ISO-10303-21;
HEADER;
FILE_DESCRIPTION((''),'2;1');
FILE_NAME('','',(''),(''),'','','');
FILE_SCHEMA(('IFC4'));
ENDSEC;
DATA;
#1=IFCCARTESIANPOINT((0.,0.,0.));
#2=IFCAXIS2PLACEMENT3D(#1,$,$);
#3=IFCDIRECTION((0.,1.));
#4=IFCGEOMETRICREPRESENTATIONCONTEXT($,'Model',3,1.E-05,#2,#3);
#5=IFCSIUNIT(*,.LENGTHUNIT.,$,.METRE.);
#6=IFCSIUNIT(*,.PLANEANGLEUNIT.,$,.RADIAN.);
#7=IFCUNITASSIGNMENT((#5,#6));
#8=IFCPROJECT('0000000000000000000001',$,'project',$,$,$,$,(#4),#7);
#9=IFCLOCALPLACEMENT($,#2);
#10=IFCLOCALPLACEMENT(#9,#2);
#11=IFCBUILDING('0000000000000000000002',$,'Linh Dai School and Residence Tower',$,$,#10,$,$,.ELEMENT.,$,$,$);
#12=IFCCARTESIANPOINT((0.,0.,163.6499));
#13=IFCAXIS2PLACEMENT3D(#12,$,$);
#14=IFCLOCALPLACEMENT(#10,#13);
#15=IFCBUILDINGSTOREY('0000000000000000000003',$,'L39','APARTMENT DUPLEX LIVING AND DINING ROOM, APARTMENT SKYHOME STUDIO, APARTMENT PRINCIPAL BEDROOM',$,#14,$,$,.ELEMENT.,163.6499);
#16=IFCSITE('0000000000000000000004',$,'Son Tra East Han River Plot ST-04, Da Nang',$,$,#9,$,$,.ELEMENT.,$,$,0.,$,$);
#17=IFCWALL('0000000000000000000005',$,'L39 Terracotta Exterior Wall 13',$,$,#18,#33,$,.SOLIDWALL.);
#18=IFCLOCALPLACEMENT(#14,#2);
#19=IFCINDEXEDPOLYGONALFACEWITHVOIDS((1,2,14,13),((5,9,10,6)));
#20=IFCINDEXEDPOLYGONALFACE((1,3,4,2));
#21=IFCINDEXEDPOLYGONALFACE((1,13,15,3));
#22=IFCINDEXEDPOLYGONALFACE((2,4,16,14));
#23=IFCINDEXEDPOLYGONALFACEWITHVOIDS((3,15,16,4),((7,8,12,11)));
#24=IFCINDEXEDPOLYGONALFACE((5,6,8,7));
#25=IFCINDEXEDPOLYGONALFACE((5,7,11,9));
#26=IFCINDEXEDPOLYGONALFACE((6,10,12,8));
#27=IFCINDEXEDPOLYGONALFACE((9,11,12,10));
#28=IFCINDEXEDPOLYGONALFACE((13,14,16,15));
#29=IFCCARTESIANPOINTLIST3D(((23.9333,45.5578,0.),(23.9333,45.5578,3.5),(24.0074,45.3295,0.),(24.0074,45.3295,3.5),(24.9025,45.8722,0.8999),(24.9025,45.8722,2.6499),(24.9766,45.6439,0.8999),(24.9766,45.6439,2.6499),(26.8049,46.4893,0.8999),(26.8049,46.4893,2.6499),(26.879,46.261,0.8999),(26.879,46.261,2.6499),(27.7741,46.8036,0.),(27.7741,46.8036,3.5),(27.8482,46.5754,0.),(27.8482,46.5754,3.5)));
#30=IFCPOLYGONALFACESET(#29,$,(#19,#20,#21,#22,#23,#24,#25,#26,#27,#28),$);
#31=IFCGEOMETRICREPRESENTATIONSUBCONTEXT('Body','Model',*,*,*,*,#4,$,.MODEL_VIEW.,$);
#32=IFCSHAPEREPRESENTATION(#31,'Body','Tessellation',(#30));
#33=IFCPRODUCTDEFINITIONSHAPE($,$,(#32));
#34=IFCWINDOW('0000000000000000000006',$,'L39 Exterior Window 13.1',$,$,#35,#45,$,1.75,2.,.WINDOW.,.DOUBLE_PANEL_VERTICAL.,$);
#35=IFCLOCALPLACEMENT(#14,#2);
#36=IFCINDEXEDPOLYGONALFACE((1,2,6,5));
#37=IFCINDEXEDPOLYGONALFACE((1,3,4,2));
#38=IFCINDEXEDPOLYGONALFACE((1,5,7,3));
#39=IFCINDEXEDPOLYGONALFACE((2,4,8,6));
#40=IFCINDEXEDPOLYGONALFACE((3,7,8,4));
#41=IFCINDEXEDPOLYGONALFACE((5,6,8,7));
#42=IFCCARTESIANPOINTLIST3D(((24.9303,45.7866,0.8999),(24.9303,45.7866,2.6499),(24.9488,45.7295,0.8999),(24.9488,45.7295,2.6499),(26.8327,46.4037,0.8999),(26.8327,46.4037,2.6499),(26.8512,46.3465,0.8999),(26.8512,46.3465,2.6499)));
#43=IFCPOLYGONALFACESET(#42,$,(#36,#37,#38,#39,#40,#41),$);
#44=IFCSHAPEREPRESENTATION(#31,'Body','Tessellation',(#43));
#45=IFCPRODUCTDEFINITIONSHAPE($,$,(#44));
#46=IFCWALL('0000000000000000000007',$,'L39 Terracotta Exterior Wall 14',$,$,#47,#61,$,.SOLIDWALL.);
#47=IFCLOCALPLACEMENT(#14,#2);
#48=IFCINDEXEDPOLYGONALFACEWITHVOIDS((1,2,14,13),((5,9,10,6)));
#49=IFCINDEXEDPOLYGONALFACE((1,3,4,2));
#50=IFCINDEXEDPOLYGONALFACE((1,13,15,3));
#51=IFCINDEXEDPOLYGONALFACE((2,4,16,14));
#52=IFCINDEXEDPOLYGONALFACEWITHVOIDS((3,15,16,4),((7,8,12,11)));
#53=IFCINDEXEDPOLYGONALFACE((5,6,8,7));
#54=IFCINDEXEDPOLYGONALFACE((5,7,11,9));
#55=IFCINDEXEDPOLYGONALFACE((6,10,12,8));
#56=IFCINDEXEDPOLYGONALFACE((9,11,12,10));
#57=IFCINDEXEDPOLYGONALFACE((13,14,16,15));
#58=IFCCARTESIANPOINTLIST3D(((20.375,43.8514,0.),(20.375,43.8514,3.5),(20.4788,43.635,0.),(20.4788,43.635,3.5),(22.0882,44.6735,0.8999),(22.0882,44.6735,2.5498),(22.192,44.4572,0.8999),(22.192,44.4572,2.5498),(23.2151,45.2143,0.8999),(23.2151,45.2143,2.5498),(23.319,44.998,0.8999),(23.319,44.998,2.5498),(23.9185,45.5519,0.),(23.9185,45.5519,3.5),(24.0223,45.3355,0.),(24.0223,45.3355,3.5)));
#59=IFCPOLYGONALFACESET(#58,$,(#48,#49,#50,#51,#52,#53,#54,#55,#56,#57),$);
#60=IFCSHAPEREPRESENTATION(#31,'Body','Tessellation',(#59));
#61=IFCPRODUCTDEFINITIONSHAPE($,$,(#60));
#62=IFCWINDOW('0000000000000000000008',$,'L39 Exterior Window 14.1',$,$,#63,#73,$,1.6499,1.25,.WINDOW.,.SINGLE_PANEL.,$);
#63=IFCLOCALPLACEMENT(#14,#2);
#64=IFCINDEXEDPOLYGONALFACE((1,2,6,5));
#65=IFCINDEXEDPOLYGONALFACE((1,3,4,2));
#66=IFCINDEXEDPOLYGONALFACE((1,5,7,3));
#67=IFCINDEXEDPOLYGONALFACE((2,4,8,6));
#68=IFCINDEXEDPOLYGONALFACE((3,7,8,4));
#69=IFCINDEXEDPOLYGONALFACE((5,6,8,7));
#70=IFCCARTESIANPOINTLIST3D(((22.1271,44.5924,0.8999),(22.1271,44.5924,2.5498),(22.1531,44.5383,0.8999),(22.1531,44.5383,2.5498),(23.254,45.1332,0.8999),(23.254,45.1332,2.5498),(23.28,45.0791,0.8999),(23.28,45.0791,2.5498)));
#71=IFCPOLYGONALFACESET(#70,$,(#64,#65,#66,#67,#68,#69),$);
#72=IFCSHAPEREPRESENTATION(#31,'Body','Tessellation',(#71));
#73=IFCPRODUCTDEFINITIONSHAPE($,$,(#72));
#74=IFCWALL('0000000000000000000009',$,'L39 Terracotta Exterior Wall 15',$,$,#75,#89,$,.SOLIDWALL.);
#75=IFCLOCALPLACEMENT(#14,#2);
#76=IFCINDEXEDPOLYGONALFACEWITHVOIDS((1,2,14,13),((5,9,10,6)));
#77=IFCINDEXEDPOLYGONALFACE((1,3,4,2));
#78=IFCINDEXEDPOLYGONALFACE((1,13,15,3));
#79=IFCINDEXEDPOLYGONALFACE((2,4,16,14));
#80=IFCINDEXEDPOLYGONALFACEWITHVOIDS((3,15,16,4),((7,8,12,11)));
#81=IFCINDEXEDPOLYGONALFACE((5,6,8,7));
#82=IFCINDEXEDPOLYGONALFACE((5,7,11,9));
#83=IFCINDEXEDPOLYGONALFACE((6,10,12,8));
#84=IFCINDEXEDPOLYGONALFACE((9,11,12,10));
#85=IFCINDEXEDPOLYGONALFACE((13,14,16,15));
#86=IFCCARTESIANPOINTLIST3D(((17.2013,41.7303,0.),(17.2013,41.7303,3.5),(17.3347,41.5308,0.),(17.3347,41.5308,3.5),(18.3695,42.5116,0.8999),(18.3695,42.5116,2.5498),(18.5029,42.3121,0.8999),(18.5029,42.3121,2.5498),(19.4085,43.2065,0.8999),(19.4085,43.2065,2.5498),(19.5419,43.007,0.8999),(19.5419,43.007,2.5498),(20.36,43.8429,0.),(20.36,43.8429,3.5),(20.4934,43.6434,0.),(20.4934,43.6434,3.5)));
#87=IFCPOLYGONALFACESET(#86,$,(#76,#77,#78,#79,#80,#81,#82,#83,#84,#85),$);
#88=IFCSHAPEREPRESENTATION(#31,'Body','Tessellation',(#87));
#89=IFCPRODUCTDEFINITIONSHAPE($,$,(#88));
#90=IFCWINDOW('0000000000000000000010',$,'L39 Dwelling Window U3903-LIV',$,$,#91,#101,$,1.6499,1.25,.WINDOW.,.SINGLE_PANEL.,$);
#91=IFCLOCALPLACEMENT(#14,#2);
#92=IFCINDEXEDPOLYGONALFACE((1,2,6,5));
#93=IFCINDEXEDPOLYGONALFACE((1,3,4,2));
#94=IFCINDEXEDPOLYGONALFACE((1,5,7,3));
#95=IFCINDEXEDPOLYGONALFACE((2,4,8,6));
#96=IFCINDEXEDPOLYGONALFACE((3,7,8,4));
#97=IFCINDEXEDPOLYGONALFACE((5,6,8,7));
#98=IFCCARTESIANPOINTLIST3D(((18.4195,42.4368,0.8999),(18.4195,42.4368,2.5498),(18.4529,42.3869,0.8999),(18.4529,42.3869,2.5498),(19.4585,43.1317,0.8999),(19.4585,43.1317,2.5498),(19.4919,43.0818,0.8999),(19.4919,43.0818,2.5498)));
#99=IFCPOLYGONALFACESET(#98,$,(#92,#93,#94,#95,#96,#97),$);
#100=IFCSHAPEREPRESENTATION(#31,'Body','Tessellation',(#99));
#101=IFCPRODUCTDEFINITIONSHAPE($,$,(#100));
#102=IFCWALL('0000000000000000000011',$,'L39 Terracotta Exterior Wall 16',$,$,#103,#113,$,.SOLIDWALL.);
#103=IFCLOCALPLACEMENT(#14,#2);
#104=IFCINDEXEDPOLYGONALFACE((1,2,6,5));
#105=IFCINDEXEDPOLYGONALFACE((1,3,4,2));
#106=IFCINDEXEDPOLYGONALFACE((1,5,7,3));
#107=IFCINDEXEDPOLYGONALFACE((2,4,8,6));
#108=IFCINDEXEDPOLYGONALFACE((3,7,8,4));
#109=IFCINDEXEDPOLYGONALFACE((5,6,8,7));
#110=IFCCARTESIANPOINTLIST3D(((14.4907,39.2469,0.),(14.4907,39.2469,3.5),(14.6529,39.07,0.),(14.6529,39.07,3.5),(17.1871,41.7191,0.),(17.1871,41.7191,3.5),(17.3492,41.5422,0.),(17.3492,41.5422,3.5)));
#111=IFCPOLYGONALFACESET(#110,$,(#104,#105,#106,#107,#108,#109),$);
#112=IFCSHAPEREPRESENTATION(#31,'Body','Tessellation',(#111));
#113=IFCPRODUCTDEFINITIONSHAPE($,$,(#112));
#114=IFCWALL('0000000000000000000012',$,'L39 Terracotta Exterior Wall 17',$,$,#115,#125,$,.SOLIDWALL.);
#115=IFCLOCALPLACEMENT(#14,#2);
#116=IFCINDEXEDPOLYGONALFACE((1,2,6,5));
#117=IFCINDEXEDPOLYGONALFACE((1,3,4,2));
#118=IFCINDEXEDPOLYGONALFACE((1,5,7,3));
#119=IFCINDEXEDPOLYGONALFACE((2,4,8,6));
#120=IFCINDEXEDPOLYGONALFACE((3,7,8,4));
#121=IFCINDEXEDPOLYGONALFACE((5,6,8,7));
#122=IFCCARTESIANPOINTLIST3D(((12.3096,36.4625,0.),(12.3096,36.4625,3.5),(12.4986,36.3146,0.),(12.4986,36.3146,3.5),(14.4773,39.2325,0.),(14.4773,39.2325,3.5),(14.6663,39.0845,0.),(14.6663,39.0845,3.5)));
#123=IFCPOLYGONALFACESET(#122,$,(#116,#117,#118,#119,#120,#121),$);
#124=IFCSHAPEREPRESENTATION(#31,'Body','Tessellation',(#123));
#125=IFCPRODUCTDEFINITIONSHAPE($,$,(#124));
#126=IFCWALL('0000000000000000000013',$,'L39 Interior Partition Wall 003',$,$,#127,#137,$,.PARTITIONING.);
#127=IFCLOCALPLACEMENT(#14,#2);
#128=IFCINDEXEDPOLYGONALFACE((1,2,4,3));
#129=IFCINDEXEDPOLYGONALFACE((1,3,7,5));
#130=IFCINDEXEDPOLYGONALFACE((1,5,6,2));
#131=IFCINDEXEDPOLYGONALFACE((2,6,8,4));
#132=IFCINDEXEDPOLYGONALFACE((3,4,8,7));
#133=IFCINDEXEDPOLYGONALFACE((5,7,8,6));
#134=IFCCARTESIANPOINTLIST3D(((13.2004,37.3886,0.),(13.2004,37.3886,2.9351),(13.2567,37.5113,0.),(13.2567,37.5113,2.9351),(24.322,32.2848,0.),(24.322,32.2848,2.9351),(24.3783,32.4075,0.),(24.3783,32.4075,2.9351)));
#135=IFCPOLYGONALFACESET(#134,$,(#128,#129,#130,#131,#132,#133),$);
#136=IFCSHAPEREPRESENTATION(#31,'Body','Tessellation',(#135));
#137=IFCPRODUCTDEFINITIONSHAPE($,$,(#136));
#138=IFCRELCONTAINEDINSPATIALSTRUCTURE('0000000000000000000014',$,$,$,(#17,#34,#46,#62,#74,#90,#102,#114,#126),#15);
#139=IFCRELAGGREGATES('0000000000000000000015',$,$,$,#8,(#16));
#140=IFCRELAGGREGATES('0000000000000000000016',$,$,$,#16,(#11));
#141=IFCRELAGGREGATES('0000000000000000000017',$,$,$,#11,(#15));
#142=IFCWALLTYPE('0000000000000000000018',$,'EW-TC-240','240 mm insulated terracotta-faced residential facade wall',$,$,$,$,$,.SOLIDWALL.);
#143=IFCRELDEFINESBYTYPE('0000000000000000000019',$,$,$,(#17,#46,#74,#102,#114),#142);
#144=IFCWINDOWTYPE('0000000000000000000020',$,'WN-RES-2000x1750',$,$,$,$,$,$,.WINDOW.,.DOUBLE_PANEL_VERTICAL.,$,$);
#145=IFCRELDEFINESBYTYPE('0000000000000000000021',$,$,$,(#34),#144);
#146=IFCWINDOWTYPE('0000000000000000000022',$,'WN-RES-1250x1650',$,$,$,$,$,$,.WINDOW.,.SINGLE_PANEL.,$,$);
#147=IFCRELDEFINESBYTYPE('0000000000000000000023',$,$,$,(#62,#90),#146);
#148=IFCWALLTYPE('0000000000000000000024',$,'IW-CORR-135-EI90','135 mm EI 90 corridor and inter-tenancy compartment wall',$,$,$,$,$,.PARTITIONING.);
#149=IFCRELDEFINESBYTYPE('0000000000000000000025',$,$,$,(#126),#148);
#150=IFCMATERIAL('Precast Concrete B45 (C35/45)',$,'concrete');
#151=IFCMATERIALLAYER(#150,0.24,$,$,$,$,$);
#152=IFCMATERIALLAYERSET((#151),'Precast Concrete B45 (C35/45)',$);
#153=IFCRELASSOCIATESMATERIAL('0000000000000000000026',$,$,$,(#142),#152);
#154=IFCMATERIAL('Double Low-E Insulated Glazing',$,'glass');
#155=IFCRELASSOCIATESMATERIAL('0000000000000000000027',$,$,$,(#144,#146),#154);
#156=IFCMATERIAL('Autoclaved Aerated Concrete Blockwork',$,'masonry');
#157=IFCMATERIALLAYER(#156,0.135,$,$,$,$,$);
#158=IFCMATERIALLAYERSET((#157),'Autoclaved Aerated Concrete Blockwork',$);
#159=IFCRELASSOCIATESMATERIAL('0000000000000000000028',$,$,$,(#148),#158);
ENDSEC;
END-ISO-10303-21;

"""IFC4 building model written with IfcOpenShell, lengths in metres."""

from ifc_helpers import new_model, si_unit, direction, frame, frame_2d, origin, origin_2d, place, context, subcontext, project, spatial, rectangle, extrude, source, transform, mapped, material, layer, layer_set, type_object, element, fill, save


model = new_model("IFC4")

# Units and contexts
model_context = context("Model", 3, precision=1e-05, world=origin(), true_north=direction((0.0, 1.0)))
body_context = subcontext(model_context, "Body", "Model", "MODEL_VIEW")
ifc_project = project(units=[si_unit("LENGTHUNIT", "METRE"), si_unit("PLANEANGLEUNIT", "RADIAN")], contexts=[model_context])

# Site, building, storey
site_placement = place(None, origin())
site = spatial("IfcSite", under=ifc_project, at=site_placement, Name="Son Tra East Han River Plot ST-04, Da Nang", CompositionType="ELEMENT", RefElevation=0.0)
building_placement = place(site_placement, origin())
building = spatial("IfcBuilding", under=site, at=building_placement, Name="Linh Dai School and Residence Tower", CompositionType="ELEMENT")
storey_placement = place(building_placement, frame((0.0, 0.0, 163.6499)))
storey = spatial("IfcBuildingStorey", under=building, at=storey_placement, Name="L39", Description="APARTMENT DUPLEX LIVING AND DINING ROOM, APARTMENT SKYHOME STUDIO, APARTMENT PRINCIPAL BEDROOM", CompositionType="ELEMENT", Elevation=163.6499)

# Shared definitions
ifc_material_1 = material(Name="Precast Concrete B45 (C35/45)", Category="concrete")

# Walls, openings, windows
ifc_layer_1 = layer(ifc_material_1, 0.24)
ifc_layer_set_1 = layer_set([ifc_layer_1], Name="Precast Concrete B45 (C35/45)")
wall_type_1 = type_object("IfcWallType", Name="EW-TC-240", Description="240 mm insulated terracotta-faced residential facade wall", PredefinedType="SOLIDWALL", material=ifc_layer_set_1)
wall_1_placement = place(storey_placement, frame((23.9702, 45.4436, 0.0), z_axis=(0.0, 0.0, 1.0), x_axis=(0.95121, 0.308545, 0.0)))
wall_1 = element("IfcWall", 1, at=wall_1_placement, inside=storey, type_object=wall_type_1, Name="L39 Terracotta Exterior Wall 13", PredefinedType="SOLIDWALL", context=body_context, shape_type="SweptSolid", body=[
    extrude(rectangle(XDim=4.0378, YDim=0.24, at=frame_2d((2.019, 0.0))), origin(), (0.0, 0.0, 1.0), 3.5),
])
opening_1_placement = place(wall_1_placement, frame((1.019, 0.0, 0.8999)))
opening_1 = element("IfcOpeningElement", 2, at=opening_1_placement, cuts=wall_1, PredefinedType="OPENING", context=body_context, shape_type="SweptSolid", body=[
    extrude(rectangle(XDim=2.0, YDim=1.75, at=origin_2d()), frame((1.0, 0.1299, 0.875), z_axis=(0.0, -1.0, 0.0), x_axis=(1.0, 0.0, 0.0)), (0.0, 0.0, 1.0), 0.26),
])
ifc_material_2 = material(Name="Double Low-E Insulated Glazing", Category="glass")
window_type_1 = type_object("IfcWindowType", Name="WN-RES-2000x1750", PartitioningType="DOUBLE_PANEL_VERTICAL", PredefinedType="WINDOW", material=ifc_material_2)
shared_shape_1 = source(origin(), body_context, "Body", "SweptSolid", [
    extrude(rectangle(XDim=2.0, YDim=1.75, at=origin_2d()), frame((1.0, 0.03, 0.875), z_axis=(0.0, -1.0, 0.0), x_axis=(1.0, 0.0, 0.0)), (0.0, 0.0, 1.0), 0.0601),
])
window_1_placement = place(opening_1_placement, origin())
window_1 = element("IfcWindow", 3, at=window_1_placement, inside=storey, type_object=window_type_1, Name="L39 Exterior Window 13.1", OverallHeight=1.75, OverallWidth=2.0, PartitioningType="DOUBLE_PANEL_VERTICAL", PredefinedType="WINDOW", context=body_context, shape_type="MappedRepresentation", body=[
    mapped(shared_shape_1, transform((0.0, 0.0, 0.0), x_axis=(1.0, 0.0, 0.0), y_axis=(0.0, 1.0, 0.0), z_axis=(0.0, 0.0, 1.0), scale=1.0)),
])
fill(opening_1, window_1)
wall_2_placement = place(storey_placement, frame((20.4268, 43.7432, 0.0), z_axis=(0.0, 0.0, 1.0), x_axis=(0.901565, 0.432644, 0.0)))
wall_2 = element("IfcWall", 4, at=wall_2_placement, inside=storey, type_object=wall_type_1, Name="L39 Terracotta Exterior Wall 14", PredefinedType="SOLIDWALL", context=body_context, shape_type="SweptSolid", body=[
    extrude(rectangle(XDim=3.9304, YDim=0.24, at=frame_2d((1.9653, 0.0))), origin(), (0.0, 0.0, 1.0), 3.5),
])
opening_2_placement = place(wall_2_placement, frame((1.9004, 0.0, 0.8999)))
opening_2 = element("IfcOpeningElement", 5, at=opening_2_placement, cuts=wall_2, PredefinedType="OPENING", context=body_context, shape_type="SweptSolid", body=[
    extrude(rectangle(XDim=1.25, YDim=1.6499, at=origin_2d()), frame((0.625, 0.1299, 0.825), z_axis=(0.0, -1.0, 0.0), x_axis=(1.0, 0.0, 0.0)), (0.0, 0.0, 1.0), 0.26),
])
window_type_2 = type_object("IfcWindowType", Name="WN-RES-1250x1650", PartitioningType="SINGLE_PANEL", PredefinedType="WINDOW", material=ifc_material_2)
shared_shape_2 = source(origin(), body_context, "Body", "SweptSolid", [
    extrude(rectangle(XDim=1.25, YDim=1.6499, at=origin_2d()), frame((0.625, 0.03, 0.825), z_axis=(0.0, -1.0, 0.0), x_axis=(1.0, 0.0, 0.0)), (0.0, 0.0, 1.0), 0.0601),
])
window_2_placement = place(opening_2_placement, origin())
window_2 = element("IfcWindow", 6, at=window_2_placement, inside=storey, type_object=window_type_2, Name="L39 Exterior Window 14.1", OverallHeight=1.6499, OverallWidth=1.25, PartitioningType="SINGLE_PANEL", PredefinedType="WINDOW", context=body_context, shape_type="MappedRepresentation", body=[
    mapped(shared_shape_2, transform((0.0, 0.0, 0.0), x_axis=(1.0, 0.0, 0.0), y_axis=(0.0, 1.0, 0.0), z_axis=(0.0, 0.0, 1.0), scale=1.0)),
])
fill(opening_2, window_2)
wall_3_placement = place(storey_placement, frame((17.2681, 41.6306, 0.0), z_axis=(0.0, 0.0, 1.0), x_axis=(0.831229, 0.55593, 0.0)))
wall_3 = element("IfcWall", 7, at=wall_3_placement, inside=storey, type_object=wall_type_1, Name="L39 Terracotta Exterior Wall 15", PredefinedType="SOLIDWALL", context=body_context, shape_type="SweptSolid", body=[
    extrude(rectangle(XDim=3.8, YDim=0.24, at=frame_2d((1.8999, 0.0))), origin(), (0.0, 0.0, 1.0), 3.5),
])
opening_3_placement = place(wall_3_placement, frame((1.4053, 0.0, 0.8999)))
opening_3 = element("IfcOpeningElement", 8, at=opening_3_placement, cuts=wall_3, PredefinedType="OPENING", context=body_context, shape_type="SweptSolid", body=[
    extrude(rectangle(XDim=1.25, YDim=1.6499, at=origin_2d()), frame((0.625, 0.1299, 0.825), z_axis=(0.0, -1.0, 0.0), x_axis=(1.0, 0.0, 0.0)), (0.0, 0.0, 1.0), 0.26),
])
window_3_placement = place(opening_3_placement, origin())
window_3 = element("IfcWindow", 9, at=window_3_placement, inside=storey, type_object=window_type_2, Name="L39 Dwelling Window U3903-LIV", OverallHeight=1.6499, OverallWidth=1.25, PartitioningType="SINGLE_PANEL", PredefinedType="WINDOW", context=body_context, shape_type="MappedRepresentation", body=[
    mapped(shared_shape_2, transform((0.0, 0.0, 0.0), x_axis=(1.0, 0.0, 0.0), y_axis=(0.0, 1.0, 0.0), z_axis=(0.0, 0.0, 1.0), scale=1.0)),
])
fill(opening_3, window_3)

# Walls
wall_4_placement = place(storey_placement, frame((14.5718, 39.1584, 0.0), z_axis=(0.0, 0.0, 1.0), x_axis=(0.737077, 0.675809, 0.0)))
element("IfcWall", 10, at=wall_4_placement, inside=storey, type_object=wall_type_1, Name="L39 Terracotta Exterior Wall 16", PredefinedType="SOLIDWALL", context=body_context, shape_type="SweptSolid", body=[
    extrude(rectangle(XDim=3.6582, YDim=0.24, at=frame_2d((1.8291, 0.0))), origin(), (0.0, 0.0, 1.0), 3.5),
])
wall_5_placement = place(storey_placement, frame((12.4041, 36.3884, 0.0), z_axis=(0.0, 0.0, 1.0), x_axis=(0.616288, 0.787521, 0.0)))
element("IfcWall", 11, at=wall_5_placement, inside=storey, type_object=wall_type_1, Name="L39 Terracotta Exterior Wall 17", PredefinedType="SOLIDWALL", context=body_context, shape_type="SweptSolid", body=[
    extrude(rectangle(XDim=3.5173, YDim=0.24, at=frame_2d((1.7588, 0.0))), origin(), (0.0, 0.0, 1.0), 3.5),
])
ifc_material_3 = material(Name="Autoclaved Aerated Concrete Blockwork", Category="masonry")
ifc_layer_2 = layer(ifc_material_3, 0.135)
ifc_layer_set_2 = layer_set([ifc_layer_2], Name="Autoclaved Aerated Concrete Blockwork")
wall_type_2 = type_object("IfcWallType", Name="IW-CORR-135-EI90", Description="135 mm EI 90 corridor and inter-tenancy compartment wall", PredefinedType="PARTITIONING", material=ifc_layer_set_2)
wall_6_placement = place(storey_placement, frame((13.2285, 37.45, 0.0), z_axis=(0.0, 0.0, 1.0), x_axis=(0.908868, -0.417085, 0.0)))
element("IfcWall", 12, at=wall_6_placement, inside=storey, type_object=wall_type_2, Name="L39 Interior Partition Wall 003", PredefinedType="PARTITIONING", context=body_context, shape_type="SweptSolid", body=[
    extrude(rectangle(XDim=12.2368, YDim=0.135, at=frame_2d((6.1184, 0.0))), origin(), (0.0, 0.0, 1.0), 2.9351),
])

save(model, "model.ifc")
